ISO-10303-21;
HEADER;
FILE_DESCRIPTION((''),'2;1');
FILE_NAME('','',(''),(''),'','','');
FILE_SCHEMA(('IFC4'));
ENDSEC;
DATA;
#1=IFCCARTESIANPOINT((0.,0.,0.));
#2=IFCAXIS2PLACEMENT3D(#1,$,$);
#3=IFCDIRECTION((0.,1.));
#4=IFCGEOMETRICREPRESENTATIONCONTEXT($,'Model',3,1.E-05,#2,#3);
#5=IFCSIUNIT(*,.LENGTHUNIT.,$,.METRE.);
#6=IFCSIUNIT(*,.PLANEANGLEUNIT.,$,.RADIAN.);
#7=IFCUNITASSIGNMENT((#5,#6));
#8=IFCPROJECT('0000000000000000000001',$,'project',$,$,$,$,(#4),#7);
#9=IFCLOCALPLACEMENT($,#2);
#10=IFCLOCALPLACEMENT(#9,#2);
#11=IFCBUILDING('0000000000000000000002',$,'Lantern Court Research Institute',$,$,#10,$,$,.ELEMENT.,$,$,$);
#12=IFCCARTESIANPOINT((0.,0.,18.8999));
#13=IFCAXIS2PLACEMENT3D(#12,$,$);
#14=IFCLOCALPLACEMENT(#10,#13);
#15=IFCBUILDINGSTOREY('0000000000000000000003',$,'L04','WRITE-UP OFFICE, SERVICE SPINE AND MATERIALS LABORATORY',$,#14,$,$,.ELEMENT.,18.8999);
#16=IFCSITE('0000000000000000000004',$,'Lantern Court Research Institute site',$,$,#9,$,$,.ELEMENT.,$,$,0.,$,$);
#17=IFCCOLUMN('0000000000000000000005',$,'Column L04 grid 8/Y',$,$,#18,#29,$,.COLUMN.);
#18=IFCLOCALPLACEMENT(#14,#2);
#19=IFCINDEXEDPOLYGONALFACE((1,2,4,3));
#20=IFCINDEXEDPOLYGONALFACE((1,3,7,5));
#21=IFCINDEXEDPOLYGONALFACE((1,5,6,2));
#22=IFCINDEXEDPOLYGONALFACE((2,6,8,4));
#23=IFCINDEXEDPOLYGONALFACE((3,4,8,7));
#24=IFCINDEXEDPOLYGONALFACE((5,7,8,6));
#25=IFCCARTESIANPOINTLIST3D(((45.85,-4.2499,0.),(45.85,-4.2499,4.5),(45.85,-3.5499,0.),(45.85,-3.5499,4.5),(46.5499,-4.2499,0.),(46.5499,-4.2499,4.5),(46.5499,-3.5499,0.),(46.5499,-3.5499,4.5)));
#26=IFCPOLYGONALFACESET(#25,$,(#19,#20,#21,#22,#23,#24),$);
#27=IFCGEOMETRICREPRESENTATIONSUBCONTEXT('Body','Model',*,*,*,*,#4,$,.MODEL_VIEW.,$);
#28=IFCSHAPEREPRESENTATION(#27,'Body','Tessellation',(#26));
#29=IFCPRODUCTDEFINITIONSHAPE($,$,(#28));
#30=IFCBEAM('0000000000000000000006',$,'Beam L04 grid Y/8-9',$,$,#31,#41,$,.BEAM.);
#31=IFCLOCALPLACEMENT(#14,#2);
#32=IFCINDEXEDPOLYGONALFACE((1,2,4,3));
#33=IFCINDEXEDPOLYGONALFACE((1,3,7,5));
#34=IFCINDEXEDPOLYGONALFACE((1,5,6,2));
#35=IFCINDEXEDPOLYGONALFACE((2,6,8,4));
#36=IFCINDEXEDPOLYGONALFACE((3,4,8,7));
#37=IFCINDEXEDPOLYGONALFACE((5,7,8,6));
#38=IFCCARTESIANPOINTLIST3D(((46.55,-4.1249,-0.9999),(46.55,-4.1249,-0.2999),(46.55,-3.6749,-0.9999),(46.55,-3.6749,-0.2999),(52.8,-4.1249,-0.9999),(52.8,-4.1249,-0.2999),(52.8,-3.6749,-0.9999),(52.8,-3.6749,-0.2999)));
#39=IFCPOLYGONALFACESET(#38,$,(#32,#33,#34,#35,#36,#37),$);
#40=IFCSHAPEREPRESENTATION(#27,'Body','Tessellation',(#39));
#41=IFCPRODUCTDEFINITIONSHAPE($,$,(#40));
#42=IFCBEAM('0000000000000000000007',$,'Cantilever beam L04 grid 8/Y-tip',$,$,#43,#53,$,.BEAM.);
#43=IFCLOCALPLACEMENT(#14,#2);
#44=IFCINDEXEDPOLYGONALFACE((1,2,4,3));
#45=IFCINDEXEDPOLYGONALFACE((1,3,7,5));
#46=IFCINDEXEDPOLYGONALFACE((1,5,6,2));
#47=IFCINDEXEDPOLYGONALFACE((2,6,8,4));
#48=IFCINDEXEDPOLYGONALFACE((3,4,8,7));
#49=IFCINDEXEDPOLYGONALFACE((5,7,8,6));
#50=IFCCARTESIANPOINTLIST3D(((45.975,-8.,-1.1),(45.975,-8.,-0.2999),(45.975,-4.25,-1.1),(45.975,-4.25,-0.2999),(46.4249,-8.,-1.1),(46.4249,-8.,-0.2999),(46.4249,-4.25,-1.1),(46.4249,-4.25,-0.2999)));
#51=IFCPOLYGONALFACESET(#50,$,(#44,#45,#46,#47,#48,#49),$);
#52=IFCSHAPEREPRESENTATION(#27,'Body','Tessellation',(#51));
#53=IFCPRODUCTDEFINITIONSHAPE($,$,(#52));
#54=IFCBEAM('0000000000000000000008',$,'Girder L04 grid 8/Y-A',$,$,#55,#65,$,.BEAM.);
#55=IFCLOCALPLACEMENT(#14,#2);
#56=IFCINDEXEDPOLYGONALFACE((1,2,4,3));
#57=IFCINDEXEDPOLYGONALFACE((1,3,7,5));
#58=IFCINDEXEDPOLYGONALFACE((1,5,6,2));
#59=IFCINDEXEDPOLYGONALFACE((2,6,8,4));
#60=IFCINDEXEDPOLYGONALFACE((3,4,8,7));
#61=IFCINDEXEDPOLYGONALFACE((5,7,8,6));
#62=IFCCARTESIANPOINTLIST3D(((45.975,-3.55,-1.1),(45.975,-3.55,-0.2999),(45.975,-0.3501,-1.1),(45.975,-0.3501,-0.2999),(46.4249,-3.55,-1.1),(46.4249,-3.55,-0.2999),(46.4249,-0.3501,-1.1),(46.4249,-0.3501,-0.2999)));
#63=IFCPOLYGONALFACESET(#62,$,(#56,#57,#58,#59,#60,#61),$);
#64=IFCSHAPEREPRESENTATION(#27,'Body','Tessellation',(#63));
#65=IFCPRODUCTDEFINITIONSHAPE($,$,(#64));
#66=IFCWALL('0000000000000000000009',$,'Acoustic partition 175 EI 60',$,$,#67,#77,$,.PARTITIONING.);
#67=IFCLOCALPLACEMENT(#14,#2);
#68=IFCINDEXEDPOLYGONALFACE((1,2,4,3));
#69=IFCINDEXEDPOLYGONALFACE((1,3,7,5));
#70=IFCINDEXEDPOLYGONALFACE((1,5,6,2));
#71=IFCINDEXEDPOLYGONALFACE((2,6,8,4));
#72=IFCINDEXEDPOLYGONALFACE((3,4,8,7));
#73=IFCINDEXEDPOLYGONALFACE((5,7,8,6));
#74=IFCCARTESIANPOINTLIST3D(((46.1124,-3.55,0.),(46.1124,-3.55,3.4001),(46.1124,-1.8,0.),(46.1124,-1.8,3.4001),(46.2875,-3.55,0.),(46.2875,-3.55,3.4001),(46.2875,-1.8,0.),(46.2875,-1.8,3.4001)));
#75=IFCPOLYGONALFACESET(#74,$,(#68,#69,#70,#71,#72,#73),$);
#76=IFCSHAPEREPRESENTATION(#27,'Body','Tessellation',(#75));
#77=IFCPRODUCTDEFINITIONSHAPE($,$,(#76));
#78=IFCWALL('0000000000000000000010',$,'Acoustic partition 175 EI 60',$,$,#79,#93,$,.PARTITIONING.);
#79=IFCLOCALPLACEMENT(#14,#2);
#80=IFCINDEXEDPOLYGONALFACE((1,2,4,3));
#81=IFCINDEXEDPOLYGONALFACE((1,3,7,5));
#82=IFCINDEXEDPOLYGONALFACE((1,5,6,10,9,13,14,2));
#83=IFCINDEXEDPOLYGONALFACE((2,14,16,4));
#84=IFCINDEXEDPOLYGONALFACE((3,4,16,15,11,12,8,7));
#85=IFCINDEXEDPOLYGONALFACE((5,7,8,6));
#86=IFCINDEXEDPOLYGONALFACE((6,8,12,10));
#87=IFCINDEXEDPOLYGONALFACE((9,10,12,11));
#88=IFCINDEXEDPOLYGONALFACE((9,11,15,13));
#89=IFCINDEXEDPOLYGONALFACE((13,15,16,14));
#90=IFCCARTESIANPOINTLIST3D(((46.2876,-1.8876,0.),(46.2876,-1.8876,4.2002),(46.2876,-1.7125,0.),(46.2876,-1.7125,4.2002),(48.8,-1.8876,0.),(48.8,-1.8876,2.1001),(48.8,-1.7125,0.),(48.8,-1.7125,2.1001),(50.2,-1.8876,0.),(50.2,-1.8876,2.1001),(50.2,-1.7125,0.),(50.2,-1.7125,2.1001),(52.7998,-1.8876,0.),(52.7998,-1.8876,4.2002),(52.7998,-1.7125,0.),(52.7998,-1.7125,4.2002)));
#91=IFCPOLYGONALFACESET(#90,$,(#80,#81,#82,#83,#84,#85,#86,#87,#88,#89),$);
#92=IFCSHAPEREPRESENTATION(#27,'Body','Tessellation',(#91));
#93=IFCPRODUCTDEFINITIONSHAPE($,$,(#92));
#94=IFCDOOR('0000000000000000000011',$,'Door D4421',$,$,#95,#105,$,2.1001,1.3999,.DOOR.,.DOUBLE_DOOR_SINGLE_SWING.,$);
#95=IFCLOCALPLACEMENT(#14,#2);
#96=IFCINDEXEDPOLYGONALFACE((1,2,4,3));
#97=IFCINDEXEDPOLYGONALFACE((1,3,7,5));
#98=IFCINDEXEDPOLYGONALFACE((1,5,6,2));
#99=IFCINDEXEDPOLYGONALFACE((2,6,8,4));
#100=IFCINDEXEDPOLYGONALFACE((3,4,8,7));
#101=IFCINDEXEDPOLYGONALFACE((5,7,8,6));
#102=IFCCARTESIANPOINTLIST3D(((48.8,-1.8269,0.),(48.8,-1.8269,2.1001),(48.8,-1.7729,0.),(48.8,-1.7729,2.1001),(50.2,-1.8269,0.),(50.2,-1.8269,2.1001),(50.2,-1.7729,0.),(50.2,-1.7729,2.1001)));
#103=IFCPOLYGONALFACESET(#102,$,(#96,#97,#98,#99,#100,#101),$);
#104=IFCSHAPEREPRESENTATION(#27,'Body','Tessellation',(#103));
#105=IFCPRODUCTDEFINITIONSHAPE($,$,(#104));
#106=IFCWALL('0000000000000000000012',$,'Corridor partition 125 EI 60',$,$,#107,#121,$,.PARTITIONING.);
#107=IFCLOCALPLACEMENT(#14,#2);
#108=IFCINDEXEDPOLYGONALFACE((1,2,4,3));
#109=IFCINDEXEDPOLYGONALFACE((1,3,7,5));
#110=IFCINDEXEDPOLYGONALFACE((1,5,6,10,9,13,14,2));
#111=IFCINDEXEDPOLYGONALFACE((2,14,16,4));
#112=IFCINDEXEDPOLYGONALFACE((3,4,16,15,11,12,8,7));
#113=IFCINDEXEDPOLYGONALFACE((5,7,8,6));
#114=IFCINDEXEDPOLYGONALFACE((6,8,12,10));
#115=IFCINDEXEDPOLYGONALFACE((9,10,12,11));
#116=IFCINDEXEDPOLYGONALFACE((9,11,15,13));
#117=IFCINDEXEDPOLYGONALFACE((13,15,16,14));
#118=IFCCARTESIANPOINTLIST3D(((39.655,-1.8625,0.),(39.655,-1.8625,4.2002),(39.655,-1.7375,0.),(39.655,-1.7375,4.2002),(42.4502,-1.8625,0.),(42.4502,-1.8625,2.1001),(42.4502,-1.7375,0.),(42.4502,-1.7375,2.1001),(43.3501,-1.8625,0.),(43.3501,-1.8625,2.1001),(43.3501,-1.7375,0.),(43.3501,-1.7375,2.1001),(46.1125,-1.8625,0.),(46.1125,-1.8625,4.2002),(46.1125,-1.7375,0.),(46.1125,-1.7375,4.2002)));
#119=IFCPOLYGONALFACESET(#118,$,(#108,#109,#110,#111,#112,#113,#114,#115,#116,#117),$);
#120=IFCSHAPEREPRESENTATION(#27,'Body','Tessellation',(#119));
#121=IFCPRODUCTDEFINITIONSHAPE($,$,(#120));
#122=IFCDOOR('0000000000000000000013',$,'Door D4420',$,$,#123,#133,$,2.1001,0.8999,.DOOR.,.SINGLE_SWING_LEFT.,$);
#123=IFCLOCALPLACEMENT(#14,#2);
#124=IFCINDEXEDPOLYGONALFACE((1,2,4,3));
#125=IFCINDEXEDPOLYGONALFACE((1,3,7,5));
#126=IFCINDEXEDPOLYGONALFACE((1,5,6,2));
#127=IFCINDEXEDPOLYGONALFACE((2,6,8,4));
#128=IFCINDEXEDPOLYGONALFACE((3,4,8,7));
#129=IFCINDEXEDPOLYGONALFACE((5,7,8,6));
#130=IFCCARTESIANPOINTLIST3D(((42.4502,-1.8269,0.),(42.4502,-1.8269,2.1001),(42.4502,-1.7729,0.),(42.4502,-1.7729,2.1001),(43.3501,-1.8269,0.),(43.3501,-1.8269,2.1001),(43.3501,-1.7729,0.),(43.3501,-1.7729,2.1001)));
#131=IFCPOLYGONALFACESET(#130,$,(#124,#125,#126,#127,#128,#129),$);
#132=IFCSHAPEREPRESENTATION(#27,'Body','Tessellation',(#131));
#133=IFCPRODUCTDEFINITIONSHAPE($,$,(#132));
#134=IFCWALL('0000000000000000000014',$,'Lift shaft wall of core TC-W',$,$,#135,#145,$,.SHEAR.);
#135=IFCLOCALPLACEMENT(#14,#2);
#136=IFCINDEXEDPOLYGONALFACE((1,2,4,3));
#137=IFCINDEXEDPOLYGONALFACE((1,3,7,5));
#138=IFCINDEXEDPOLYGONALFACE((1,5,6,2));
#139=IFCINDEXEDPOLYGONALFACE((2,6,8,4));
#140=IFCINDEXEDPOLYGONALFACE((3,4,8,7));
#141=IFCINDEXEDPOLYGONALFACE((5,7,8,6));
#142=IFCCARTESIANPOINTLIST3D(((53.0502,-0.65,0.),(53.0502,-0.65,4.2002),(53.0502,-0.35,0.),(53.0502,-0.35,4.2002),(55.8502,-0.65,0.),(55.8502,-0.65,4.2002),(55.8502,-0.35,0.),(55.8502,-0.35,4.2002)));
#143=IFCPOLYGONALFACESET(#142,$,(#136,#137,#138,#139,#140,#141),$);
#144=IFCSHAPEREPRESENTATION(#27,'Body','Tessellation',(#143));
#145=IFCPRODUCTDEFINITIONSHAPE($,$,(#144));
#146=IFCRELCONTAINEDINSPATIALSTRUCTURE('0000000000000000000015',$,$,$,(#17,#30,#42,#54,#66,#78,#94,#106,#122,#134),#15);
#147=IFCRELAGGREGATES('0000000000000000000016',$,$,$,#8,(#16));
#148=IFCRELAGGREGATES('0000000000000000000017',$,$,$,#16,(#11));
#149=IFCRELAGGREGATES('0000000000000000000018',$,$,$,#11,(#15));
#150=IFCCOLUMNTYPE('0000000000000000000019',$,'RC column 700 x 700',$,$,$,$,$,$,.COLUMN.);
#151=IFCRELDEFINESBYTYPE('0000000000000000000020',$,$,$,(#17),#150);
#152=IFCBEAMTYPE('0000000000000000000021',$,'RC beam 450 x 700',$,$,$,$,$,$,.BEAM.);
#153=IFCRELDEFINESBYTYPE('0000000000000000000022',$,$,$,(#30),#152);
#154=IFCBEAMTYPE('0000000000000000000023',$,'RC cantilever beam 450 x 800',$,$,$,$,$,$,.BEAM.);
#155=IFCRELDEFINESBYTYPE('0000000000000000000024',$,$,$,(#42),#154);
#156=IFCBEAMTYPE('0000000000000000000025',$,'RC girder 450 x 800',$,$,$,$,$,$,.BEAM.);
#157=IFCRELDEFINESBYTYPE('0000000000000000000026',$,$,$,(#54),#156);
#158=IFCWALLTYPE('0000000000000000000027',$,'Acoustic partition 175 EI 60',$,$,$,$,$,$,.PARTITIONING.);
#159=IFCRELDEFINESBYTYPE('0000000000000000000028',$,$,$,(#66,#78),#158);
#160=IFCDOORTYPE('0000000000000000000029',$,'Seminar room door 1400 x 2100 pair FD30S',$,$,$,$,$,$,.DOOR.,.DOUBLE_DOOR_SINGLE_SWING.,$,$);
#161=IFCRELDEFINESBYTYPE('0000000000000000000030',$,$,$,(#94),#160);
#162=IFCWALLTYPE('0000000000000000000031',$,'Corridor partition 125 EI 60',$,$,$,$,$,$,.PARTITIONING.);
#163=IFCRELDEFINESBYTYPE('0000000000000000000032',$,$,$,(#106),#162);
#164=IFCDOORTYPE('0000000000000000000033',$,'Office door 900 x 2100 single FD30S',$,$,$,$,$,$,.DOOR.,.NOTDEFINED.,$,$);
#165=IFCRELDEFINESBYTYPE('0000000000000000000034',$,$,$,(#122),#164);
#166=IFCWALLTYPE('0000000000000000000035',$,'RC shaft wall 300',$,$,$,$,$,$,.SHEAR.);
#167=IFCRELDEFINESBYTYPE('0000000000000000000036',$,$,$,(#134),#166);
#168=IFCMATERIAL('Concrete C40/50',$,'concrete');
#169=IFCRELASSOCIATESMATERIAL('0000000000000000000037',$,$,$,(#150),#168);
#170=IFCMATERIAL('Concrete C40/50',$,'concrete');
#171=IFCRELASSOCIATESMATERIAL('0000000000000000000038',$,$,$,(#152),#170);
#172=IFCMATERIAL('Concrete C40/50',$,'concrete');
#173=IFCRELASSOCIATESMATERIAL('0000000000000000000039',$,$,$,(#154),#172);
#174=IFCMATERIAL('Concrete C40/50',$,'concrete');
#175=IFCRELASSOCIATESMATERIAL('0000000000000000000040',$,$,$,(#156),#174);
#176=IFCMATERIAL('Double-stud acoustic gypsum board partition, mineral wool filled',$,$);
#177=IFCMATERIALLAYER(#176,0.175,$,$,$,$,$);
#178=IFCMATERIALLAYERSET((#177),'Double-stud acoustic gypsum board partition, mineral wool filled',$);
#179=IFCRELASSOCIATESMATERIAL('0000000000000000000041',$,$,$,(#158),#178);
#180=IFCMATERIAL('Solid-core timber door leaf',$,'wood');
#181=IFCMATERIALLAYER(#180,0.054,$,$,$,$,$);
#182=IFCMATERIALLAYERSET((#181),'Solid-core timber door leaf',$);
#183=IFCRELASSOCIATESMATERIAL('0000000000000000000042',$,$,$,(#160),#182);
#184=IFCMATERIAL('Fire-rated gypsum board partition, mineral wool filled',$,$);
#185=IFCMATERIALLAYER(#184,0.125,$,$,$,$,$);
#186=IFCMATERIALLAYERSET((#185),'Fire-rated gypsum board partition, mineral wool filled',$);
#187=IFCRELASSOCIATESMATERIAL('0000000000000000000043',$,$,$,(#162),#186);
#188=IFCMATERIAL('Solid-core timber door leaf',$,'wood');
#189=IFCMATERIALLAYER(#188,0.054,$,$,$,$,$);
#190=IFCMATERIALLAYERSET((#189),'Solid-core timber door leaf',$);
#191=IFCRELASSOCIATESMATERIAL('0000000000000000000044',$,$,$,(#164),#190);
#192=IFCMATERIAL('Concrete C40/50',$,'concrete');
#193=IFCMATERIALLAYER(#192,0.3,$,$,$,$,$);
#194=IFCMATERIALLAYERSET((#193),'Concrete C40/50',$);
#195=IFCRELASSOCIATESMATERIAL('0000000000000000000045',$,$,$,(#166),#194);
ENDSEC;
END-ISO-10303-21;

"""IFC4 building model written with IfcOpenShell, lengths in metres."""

from ifc_helpers import new_model, si_unit, direction, frame, frame_2d, origin, origin_2d, place, context, subcontext, project, spatial, rectangle, extrude, material, layer, layer_set, material_profile, profile_set, type_object, element, fill, save


model = new_model("IFC4")

# Units and contexts
model_context = context("Model", 3, precision=1e-05, world=origin(), true_north=direction((0.0, 1.0)))
body_context = subcontext(model_context, "Body", "Model", "MODEL_VIEW")
ifc_project = project(units=[si_unit("LENGTHUNIT", "METRE"), si_unit("PLANEANGLEUNIT", "RADIAN")], contexts=[model_context])

# Site, building, storey
site_placement = place(None, origin())
site = spatial("IfcSite", under=ifc_project, at=site_placement, Name="Lantern Court Research Institute site", CompositionType="ELEMENT", RefElevation=0.0)
building_placement = place(site_placement, origin())
building = spatial("IfcBuilding", under=site, at=building_placement, Name="Lantern Court Research Institute", CompositionType="ELEMENT")
storey_placement = place(building_placement, frame((0.0, 0.0, 18.8999)))
storey = spatial("IfcBuildingStorey", under=building, at=storey_placement, Name="L04", Description="WRITE-UP OFFICE, SERVICE SPINE AND MATERIALS LABORATORY", CompositionType="ELEMENT", Elevation=18.8999)

# Column
ifc_material_1 = material(Name="Concrete C40/50", Category="concrete")
ifc_material_profile_1 = material_profile(ifc_material_1, rectangle(XDim=0.7, YDim=0.7, at=origin_2d()), Name="RC column 700 x 700")
ifc_profile_set_1 = profile_set([ifc_material_profile_1], Name="Concrete C40/50")
column_type = type_object("IfcColumnType", Name="RC column 700 x 700", PredefinedType="COLUMN", material=ifc_profile_set_1)
column_placement = place(storey_placement, frame((46.2, -3.8999, 0.0), z_axis=(0.0, 0.0, 1.0), x_axis=(1.0, 0.0, 0.0)))
element("IfcColumn", 1, at=column_placement, inside=storey, type_object=column_type, Name="Column L04 grid 8/Y", PredefinedType="COLUMN", context=body_context, shape_type="SweptSolid", body=[
    extrude(rectangle(XDim=0.7, YDim=0.7, at=origin_2d()), origin(), (0.0, 0.0, 1.0), 4.5),
])

# Beams
ifc_material_2 = material(Name="Concrete C40/50", Category="concrete")
ifc_material_profile_2 = material_profile(ifc_material_2, rectangle(XDim=0.45, YDim=0.7, at=origin_2d()), Name="RC beam 450 x 700")
ifc_profile_set_2 = profile_set([ifc_material_profile_2], Name="Concrete C40/50")
beam_type_1 = type_object("IfcBeamType", Name="RC beam 450 x 700", PredefinedType="BEAM", material=ifc_profile_set_2)
beam_1_placement = place(storey_placement, frame((46.55, -3.8999, -0.6499), z_axis=(1.0, 0.0, 0.0), x_axis=(0.0, 1.0, 0.0)))
element("IfcBeam", 2, at=beam_1_placement, inside=storey, type_object=beam_type_1, Name="Beam L04 grid Y/8-9", PredefinedType="BEAM", context=body_context, shape_type="SweptSolid", body=[
    extrude(rectangle(XDim=0.45, YDim=0.7, at=origin_2d()), origin(), (0.0, 0.0, 1.0), 6.25),
])
ifc_material_3 = material(Name="Concrete C40/50", Category="concrete")
ifc_material_profile_3 = material_profile(ifc_material_3, rectangle(XDim=0.45, YDim=0.8, at=origin_2d()), Name="RC beam 450 x 800")
ifc_profile_set_3 = profile_set([ifc_material_profile_3], Name="Concrete C40/50")
beam_type_2 = type_object("IfcBeamType", Name="RC cantilever beam 450 x 800", PredefinedType="BEAM", material=ifc_profile_set_3)
beam_2_placement = place(storey_placement, frame((46.2, -4.25, -0.7), z_axis=(0.0, -1.0, 0.0), x_axis=(1.0, 0.0, 0.0)))
element("IfcBeam", 3, at=beam_2_placement, inside=storey, type_object=beam_type_2, Name="Cantilever beam L04 grid 8/Y-tip", PredefinedType="BEAM", context=body_context, shape_type="SweptSolid", body=[
    extrude(rectangle(XDim=0.45, YDim=0.8, at=origin_2d()), origin(), (0.0, 0.0, 1.0), 3.75),
])
ifc_material_4 = material(Name="Concrete C40/50", Category="concrete")
ifc_material_profile_4 = material_profile(ifc_material_4, rectangle(XDim=0.45, YDim=0.8, at=origin_2d()), Name="RC beam 450 x 800")
ifc_profile_set_4 = profile_set([ifc_material_profile_4], Name="Concrete C40/50")
beam_type_3 = type_object("IfcBeamType", Name="RC girder 450 x 800", PredefinedType="BEAM", material=ifc_profile_set_4)
beam_3_placement = place(storey_placement, frame((46.2, -3.55, -0.7), z_axis=(0.0, 1.0, 0.0), x_axis=(-1.0, 0.0, 0.0)))
element("IfcBeam", 4, at=beam_3_placement, inside=storey, type_object=beam_type_3, Name="Girder L04 grid 8/Y-A", PredefinedType="BEAM", context=body_context, shape_type="SweptSolid", body=[
    extrude(rectangle(XDim=0.45, YDim=0.8, at=origin_2d()), origin(), (0.0, 0.0, 1.0), 3.2),
])

# Wall
ifc_material_5 = material(Name="Double-stud acoustic gypsum board partition, mineral wool filled")
ifc_layer_1 = layer(ifc_material_5, 0.175)
ifc_layer_set_1 = layer_set([ifc_layer_1], Name="Double-stud acoustic gypsum board partition, mineral wool filled")
wall_type_1 = type_object("IfcWallType", Name="Acoustic partition 175 EI 60", PredefinedType="PARTITIONING", material=ifc_layer_set_1)
wall_1_placement = place(storey_placement, frame((46.2, -3.55, 0.0), z_axis=(0.0, 0.0, 1.0), x_axis=(0.0, 1.0, 0.0)))
element("IfcWall", 5, at=wall_1_placement, inside=storey, type_object=wall_type_1, Name="Acoustic partition 175 EI 60", PredefinedType="PARTITIONING", context=body_context, shape_type="SweptSolid", body=[
    extrude(rectangle(XDim=1.75, YDim=0.175, at=frame_2d((0.875, 0.0))), origin(), (0.0, 0.0, 1.0), 3.4001),
])

# Walls, openings, doors
wall_2_placement = place(storey_placement, frame((52.7998, -1.8, 0.0), z_axis=(0.0, 0.0, 1.0), x_axis=(-1.0, 0.0, 0.0)))
wall_2 = element("IfcWall", 6, at=wall_2_placement, inside=storey, type_object=wall_type_1, Name="Acoustic partition 175 EI 60", PredefinedType="PARTITIONING", context=body_context, shape_type="SweptSolid", body=[
    extrude(rectangle(XDim=6.5122, YDim=0.175, at=frame_2d((3.2561, 0.0))), origin(), (0.0, 0.0, 1.0), 4.2002),
])
opening_1_placement = place(wall_2_placement, frame((2.5999, 0.0, 0.0)))
opening_1 = element("IfcOpeningElement", 7, at=opening_1_placement, cuts=wall_2, PredefinedType="OPENING", context=body_context, shape_type="SweptSolid", body=[
    extrude(rectangle(XDim=1.3999, YDim=2.1001, at=frame_2d((0.7, 1.05))), frame((0.0, 0.0974, 0.0), z_axis=(0.0, -1.0, 0.0), x_axis=(1.0, 0.0, 0.0)), (0.0, 0.0, 1.0), 0.1951),
])
ifc_material_6 = material(Name="Solid-core timber door leaf", Category="wood")
ifc_layer_2 = layer(ifc_material_6, 0.054)
ifc_layer_set_2 = layer_set([ifc_layer_2], Name="Solid-core timber door leaf")
door_type_1 = type_object("IfcDoorType", Name="Seminar room door 1400 x 2100 pair FD30S", OperationType="DOUBLE_DOOR_SINGLE_SWING", PredefinedType="DOOR", material=ifc_layer_set_2)
door_1_placement = place(opening_1_placement, origin())
door_1 = element("IfcDoor", 8, at=door_1_placement, inside=storey, type_object=door_type_1, Name="Door D4421", OperationType="DOUBLE_DOOR_SINGLE_SWING", OverallHeight=2.1001, OverallWidth=1.3999, PredefinedType="DOOR", context=body_context, shape_type="SweptSolid", body=[
    extrude(rectangle(XDim=1.3999, YDim=2.1001, at=frame_2d((0.7, 1.05))), frame((0.0, 0.0269, 0.0), z_axis=(0.0, -1.0, 0.0), x_axis=(1.0, 0.0, 0.0)), (0.0, 0.0, 1.0), 0.054),
])
fill(opening_1, door_1)
ifc_material_7 = material(Name="Fire-rated gypsum board partition, mineral wool filled")
ifc_layer_3 = layer(ifc_material_7, 0.125)
ifc_layer_set_3 = layer_set([ifc_layer_3], Name="Fire-rated gypsum board partition, mineral wool filled")
wall_type_2 = type_object("IfcWallType", Name="Corridor partition 125 EI 60", PredefinedType="PARTITIONING", material=ifc_layer_set_3)
wall_3_placement = place(storey_placement, frame((46.1125, -1.8, 0.0), z_axis=(0.0, 0.0, 1.0), x_axis=(-1.0, 0.0, 0.0)))
wall_3 = element("IfcWall", 9, at=wall_3_placement, inside=storey, type_object=wall_type_2, Name="Corridor partition 125 EI 60", PredefinedType="PARTITIONING", context=body_context, shape_type="SweptSolid", body=[
    extrude(rectangle(XDim=6.4575, YDim=0.125, at=frame_2d((3.2288, 0.0))), origin(), (0.0, 0.0, 1.0), 4.2002),
])
opening_2_placement = place(wall_3_placement, frame((2.7625, 0.0, 0.0)))
opening_2 = element("IfcOpeningElement", 10, at=opening_2_placement, cuts=wall_3, PredefinedType="OPENING", context=body_context, shape_type="SweptSolid", body=[
    extrude(rectangle(XDim=0.8999, YDim=2.1001, at=frame_2d((0.45, 1.05))), frame((0.0, 0.0725, 0.0), z_axis=(0.0, -1.0, 0.0), x_axis=(1.0, 0.0, 0.0)), (0.0, 0.0, 1.0), 0.145),
])
ifc_material_8 = material(Name="Solid-core timber door leaf", Category="wood")
ifc_layer_4 = layer(ifc_material_8, 0.054)
ifc_layer_set_4 = layer_set([ifc_layer_4], Name="Solid-core timber door leaf")
door_type_2 = type_object("IfcDoorType", Name="Office door 900 x 2100 single FD30S", OperationType="NOTDEFINED", PredefinedType="DOOR", material=ifc_layer_set_4)
door_2_placement = place(opening_2_placement, origin())
door_2 = element("IfcDoor", 11, at=door_2_placement, inside=storey, type_object=door_type_2, Name="Door D4420", OperationType="SINGLE_SWING_LEFT", OverallHeight=2.1001, OverallWidth=0.8999, PredefinedType="DOOR", context=body_context, shape_type="SweptSolid", body=[
    extrude(rectangle(XDim=0.8999, YDim=2.1001, at=frame_2d((0.45, 1.05))), frame((0.0, 0.0269, 0.0), z_axis=(0.0, -1.0, 0.0), x_axis=(1.0, 0.0, 0.0)), (0.0, 0.0, 1.0), 0.054),
])
fill(opening_2, door_2)

# Wall
ifc_material_9 = material(Name="Concrete C40/50", Category="concrete")
ifc_layer_5 = layer(ifc_material_9, 0.3)
ifc_layer_set_5 = layer_set([ifc_layer_5], Name="Concrete C40/50")
wall_type_3 = type_object("IfcWallType", Name="RC shaft wall 300", PredefinedType="SHEAR", material=ifc_layer_set_5)
wall_4_placement = place(storey_placement, frame((55.8501, -0.5, 0.0), z_axis=(0.0, 0.0, 1.0), x_axis=(-1.0, 0.0, 0.0)))
element("IfcWall", 12, at=wall_4_placement, inside=storey, type_object=wall_type_3, Name="Lift shaft wall of core TC-W", PredefinedType="SHEAR", context=body_context, shape_type="SweptSolid", body=[
    extrude(rectangle(XDim=2.8, YDim=0.3, at=frame_2d((1.3999, 0.0))), origin(), (0.0, 0.0, 1.0), 4.2002),
])

save(model, "model.ifc")
